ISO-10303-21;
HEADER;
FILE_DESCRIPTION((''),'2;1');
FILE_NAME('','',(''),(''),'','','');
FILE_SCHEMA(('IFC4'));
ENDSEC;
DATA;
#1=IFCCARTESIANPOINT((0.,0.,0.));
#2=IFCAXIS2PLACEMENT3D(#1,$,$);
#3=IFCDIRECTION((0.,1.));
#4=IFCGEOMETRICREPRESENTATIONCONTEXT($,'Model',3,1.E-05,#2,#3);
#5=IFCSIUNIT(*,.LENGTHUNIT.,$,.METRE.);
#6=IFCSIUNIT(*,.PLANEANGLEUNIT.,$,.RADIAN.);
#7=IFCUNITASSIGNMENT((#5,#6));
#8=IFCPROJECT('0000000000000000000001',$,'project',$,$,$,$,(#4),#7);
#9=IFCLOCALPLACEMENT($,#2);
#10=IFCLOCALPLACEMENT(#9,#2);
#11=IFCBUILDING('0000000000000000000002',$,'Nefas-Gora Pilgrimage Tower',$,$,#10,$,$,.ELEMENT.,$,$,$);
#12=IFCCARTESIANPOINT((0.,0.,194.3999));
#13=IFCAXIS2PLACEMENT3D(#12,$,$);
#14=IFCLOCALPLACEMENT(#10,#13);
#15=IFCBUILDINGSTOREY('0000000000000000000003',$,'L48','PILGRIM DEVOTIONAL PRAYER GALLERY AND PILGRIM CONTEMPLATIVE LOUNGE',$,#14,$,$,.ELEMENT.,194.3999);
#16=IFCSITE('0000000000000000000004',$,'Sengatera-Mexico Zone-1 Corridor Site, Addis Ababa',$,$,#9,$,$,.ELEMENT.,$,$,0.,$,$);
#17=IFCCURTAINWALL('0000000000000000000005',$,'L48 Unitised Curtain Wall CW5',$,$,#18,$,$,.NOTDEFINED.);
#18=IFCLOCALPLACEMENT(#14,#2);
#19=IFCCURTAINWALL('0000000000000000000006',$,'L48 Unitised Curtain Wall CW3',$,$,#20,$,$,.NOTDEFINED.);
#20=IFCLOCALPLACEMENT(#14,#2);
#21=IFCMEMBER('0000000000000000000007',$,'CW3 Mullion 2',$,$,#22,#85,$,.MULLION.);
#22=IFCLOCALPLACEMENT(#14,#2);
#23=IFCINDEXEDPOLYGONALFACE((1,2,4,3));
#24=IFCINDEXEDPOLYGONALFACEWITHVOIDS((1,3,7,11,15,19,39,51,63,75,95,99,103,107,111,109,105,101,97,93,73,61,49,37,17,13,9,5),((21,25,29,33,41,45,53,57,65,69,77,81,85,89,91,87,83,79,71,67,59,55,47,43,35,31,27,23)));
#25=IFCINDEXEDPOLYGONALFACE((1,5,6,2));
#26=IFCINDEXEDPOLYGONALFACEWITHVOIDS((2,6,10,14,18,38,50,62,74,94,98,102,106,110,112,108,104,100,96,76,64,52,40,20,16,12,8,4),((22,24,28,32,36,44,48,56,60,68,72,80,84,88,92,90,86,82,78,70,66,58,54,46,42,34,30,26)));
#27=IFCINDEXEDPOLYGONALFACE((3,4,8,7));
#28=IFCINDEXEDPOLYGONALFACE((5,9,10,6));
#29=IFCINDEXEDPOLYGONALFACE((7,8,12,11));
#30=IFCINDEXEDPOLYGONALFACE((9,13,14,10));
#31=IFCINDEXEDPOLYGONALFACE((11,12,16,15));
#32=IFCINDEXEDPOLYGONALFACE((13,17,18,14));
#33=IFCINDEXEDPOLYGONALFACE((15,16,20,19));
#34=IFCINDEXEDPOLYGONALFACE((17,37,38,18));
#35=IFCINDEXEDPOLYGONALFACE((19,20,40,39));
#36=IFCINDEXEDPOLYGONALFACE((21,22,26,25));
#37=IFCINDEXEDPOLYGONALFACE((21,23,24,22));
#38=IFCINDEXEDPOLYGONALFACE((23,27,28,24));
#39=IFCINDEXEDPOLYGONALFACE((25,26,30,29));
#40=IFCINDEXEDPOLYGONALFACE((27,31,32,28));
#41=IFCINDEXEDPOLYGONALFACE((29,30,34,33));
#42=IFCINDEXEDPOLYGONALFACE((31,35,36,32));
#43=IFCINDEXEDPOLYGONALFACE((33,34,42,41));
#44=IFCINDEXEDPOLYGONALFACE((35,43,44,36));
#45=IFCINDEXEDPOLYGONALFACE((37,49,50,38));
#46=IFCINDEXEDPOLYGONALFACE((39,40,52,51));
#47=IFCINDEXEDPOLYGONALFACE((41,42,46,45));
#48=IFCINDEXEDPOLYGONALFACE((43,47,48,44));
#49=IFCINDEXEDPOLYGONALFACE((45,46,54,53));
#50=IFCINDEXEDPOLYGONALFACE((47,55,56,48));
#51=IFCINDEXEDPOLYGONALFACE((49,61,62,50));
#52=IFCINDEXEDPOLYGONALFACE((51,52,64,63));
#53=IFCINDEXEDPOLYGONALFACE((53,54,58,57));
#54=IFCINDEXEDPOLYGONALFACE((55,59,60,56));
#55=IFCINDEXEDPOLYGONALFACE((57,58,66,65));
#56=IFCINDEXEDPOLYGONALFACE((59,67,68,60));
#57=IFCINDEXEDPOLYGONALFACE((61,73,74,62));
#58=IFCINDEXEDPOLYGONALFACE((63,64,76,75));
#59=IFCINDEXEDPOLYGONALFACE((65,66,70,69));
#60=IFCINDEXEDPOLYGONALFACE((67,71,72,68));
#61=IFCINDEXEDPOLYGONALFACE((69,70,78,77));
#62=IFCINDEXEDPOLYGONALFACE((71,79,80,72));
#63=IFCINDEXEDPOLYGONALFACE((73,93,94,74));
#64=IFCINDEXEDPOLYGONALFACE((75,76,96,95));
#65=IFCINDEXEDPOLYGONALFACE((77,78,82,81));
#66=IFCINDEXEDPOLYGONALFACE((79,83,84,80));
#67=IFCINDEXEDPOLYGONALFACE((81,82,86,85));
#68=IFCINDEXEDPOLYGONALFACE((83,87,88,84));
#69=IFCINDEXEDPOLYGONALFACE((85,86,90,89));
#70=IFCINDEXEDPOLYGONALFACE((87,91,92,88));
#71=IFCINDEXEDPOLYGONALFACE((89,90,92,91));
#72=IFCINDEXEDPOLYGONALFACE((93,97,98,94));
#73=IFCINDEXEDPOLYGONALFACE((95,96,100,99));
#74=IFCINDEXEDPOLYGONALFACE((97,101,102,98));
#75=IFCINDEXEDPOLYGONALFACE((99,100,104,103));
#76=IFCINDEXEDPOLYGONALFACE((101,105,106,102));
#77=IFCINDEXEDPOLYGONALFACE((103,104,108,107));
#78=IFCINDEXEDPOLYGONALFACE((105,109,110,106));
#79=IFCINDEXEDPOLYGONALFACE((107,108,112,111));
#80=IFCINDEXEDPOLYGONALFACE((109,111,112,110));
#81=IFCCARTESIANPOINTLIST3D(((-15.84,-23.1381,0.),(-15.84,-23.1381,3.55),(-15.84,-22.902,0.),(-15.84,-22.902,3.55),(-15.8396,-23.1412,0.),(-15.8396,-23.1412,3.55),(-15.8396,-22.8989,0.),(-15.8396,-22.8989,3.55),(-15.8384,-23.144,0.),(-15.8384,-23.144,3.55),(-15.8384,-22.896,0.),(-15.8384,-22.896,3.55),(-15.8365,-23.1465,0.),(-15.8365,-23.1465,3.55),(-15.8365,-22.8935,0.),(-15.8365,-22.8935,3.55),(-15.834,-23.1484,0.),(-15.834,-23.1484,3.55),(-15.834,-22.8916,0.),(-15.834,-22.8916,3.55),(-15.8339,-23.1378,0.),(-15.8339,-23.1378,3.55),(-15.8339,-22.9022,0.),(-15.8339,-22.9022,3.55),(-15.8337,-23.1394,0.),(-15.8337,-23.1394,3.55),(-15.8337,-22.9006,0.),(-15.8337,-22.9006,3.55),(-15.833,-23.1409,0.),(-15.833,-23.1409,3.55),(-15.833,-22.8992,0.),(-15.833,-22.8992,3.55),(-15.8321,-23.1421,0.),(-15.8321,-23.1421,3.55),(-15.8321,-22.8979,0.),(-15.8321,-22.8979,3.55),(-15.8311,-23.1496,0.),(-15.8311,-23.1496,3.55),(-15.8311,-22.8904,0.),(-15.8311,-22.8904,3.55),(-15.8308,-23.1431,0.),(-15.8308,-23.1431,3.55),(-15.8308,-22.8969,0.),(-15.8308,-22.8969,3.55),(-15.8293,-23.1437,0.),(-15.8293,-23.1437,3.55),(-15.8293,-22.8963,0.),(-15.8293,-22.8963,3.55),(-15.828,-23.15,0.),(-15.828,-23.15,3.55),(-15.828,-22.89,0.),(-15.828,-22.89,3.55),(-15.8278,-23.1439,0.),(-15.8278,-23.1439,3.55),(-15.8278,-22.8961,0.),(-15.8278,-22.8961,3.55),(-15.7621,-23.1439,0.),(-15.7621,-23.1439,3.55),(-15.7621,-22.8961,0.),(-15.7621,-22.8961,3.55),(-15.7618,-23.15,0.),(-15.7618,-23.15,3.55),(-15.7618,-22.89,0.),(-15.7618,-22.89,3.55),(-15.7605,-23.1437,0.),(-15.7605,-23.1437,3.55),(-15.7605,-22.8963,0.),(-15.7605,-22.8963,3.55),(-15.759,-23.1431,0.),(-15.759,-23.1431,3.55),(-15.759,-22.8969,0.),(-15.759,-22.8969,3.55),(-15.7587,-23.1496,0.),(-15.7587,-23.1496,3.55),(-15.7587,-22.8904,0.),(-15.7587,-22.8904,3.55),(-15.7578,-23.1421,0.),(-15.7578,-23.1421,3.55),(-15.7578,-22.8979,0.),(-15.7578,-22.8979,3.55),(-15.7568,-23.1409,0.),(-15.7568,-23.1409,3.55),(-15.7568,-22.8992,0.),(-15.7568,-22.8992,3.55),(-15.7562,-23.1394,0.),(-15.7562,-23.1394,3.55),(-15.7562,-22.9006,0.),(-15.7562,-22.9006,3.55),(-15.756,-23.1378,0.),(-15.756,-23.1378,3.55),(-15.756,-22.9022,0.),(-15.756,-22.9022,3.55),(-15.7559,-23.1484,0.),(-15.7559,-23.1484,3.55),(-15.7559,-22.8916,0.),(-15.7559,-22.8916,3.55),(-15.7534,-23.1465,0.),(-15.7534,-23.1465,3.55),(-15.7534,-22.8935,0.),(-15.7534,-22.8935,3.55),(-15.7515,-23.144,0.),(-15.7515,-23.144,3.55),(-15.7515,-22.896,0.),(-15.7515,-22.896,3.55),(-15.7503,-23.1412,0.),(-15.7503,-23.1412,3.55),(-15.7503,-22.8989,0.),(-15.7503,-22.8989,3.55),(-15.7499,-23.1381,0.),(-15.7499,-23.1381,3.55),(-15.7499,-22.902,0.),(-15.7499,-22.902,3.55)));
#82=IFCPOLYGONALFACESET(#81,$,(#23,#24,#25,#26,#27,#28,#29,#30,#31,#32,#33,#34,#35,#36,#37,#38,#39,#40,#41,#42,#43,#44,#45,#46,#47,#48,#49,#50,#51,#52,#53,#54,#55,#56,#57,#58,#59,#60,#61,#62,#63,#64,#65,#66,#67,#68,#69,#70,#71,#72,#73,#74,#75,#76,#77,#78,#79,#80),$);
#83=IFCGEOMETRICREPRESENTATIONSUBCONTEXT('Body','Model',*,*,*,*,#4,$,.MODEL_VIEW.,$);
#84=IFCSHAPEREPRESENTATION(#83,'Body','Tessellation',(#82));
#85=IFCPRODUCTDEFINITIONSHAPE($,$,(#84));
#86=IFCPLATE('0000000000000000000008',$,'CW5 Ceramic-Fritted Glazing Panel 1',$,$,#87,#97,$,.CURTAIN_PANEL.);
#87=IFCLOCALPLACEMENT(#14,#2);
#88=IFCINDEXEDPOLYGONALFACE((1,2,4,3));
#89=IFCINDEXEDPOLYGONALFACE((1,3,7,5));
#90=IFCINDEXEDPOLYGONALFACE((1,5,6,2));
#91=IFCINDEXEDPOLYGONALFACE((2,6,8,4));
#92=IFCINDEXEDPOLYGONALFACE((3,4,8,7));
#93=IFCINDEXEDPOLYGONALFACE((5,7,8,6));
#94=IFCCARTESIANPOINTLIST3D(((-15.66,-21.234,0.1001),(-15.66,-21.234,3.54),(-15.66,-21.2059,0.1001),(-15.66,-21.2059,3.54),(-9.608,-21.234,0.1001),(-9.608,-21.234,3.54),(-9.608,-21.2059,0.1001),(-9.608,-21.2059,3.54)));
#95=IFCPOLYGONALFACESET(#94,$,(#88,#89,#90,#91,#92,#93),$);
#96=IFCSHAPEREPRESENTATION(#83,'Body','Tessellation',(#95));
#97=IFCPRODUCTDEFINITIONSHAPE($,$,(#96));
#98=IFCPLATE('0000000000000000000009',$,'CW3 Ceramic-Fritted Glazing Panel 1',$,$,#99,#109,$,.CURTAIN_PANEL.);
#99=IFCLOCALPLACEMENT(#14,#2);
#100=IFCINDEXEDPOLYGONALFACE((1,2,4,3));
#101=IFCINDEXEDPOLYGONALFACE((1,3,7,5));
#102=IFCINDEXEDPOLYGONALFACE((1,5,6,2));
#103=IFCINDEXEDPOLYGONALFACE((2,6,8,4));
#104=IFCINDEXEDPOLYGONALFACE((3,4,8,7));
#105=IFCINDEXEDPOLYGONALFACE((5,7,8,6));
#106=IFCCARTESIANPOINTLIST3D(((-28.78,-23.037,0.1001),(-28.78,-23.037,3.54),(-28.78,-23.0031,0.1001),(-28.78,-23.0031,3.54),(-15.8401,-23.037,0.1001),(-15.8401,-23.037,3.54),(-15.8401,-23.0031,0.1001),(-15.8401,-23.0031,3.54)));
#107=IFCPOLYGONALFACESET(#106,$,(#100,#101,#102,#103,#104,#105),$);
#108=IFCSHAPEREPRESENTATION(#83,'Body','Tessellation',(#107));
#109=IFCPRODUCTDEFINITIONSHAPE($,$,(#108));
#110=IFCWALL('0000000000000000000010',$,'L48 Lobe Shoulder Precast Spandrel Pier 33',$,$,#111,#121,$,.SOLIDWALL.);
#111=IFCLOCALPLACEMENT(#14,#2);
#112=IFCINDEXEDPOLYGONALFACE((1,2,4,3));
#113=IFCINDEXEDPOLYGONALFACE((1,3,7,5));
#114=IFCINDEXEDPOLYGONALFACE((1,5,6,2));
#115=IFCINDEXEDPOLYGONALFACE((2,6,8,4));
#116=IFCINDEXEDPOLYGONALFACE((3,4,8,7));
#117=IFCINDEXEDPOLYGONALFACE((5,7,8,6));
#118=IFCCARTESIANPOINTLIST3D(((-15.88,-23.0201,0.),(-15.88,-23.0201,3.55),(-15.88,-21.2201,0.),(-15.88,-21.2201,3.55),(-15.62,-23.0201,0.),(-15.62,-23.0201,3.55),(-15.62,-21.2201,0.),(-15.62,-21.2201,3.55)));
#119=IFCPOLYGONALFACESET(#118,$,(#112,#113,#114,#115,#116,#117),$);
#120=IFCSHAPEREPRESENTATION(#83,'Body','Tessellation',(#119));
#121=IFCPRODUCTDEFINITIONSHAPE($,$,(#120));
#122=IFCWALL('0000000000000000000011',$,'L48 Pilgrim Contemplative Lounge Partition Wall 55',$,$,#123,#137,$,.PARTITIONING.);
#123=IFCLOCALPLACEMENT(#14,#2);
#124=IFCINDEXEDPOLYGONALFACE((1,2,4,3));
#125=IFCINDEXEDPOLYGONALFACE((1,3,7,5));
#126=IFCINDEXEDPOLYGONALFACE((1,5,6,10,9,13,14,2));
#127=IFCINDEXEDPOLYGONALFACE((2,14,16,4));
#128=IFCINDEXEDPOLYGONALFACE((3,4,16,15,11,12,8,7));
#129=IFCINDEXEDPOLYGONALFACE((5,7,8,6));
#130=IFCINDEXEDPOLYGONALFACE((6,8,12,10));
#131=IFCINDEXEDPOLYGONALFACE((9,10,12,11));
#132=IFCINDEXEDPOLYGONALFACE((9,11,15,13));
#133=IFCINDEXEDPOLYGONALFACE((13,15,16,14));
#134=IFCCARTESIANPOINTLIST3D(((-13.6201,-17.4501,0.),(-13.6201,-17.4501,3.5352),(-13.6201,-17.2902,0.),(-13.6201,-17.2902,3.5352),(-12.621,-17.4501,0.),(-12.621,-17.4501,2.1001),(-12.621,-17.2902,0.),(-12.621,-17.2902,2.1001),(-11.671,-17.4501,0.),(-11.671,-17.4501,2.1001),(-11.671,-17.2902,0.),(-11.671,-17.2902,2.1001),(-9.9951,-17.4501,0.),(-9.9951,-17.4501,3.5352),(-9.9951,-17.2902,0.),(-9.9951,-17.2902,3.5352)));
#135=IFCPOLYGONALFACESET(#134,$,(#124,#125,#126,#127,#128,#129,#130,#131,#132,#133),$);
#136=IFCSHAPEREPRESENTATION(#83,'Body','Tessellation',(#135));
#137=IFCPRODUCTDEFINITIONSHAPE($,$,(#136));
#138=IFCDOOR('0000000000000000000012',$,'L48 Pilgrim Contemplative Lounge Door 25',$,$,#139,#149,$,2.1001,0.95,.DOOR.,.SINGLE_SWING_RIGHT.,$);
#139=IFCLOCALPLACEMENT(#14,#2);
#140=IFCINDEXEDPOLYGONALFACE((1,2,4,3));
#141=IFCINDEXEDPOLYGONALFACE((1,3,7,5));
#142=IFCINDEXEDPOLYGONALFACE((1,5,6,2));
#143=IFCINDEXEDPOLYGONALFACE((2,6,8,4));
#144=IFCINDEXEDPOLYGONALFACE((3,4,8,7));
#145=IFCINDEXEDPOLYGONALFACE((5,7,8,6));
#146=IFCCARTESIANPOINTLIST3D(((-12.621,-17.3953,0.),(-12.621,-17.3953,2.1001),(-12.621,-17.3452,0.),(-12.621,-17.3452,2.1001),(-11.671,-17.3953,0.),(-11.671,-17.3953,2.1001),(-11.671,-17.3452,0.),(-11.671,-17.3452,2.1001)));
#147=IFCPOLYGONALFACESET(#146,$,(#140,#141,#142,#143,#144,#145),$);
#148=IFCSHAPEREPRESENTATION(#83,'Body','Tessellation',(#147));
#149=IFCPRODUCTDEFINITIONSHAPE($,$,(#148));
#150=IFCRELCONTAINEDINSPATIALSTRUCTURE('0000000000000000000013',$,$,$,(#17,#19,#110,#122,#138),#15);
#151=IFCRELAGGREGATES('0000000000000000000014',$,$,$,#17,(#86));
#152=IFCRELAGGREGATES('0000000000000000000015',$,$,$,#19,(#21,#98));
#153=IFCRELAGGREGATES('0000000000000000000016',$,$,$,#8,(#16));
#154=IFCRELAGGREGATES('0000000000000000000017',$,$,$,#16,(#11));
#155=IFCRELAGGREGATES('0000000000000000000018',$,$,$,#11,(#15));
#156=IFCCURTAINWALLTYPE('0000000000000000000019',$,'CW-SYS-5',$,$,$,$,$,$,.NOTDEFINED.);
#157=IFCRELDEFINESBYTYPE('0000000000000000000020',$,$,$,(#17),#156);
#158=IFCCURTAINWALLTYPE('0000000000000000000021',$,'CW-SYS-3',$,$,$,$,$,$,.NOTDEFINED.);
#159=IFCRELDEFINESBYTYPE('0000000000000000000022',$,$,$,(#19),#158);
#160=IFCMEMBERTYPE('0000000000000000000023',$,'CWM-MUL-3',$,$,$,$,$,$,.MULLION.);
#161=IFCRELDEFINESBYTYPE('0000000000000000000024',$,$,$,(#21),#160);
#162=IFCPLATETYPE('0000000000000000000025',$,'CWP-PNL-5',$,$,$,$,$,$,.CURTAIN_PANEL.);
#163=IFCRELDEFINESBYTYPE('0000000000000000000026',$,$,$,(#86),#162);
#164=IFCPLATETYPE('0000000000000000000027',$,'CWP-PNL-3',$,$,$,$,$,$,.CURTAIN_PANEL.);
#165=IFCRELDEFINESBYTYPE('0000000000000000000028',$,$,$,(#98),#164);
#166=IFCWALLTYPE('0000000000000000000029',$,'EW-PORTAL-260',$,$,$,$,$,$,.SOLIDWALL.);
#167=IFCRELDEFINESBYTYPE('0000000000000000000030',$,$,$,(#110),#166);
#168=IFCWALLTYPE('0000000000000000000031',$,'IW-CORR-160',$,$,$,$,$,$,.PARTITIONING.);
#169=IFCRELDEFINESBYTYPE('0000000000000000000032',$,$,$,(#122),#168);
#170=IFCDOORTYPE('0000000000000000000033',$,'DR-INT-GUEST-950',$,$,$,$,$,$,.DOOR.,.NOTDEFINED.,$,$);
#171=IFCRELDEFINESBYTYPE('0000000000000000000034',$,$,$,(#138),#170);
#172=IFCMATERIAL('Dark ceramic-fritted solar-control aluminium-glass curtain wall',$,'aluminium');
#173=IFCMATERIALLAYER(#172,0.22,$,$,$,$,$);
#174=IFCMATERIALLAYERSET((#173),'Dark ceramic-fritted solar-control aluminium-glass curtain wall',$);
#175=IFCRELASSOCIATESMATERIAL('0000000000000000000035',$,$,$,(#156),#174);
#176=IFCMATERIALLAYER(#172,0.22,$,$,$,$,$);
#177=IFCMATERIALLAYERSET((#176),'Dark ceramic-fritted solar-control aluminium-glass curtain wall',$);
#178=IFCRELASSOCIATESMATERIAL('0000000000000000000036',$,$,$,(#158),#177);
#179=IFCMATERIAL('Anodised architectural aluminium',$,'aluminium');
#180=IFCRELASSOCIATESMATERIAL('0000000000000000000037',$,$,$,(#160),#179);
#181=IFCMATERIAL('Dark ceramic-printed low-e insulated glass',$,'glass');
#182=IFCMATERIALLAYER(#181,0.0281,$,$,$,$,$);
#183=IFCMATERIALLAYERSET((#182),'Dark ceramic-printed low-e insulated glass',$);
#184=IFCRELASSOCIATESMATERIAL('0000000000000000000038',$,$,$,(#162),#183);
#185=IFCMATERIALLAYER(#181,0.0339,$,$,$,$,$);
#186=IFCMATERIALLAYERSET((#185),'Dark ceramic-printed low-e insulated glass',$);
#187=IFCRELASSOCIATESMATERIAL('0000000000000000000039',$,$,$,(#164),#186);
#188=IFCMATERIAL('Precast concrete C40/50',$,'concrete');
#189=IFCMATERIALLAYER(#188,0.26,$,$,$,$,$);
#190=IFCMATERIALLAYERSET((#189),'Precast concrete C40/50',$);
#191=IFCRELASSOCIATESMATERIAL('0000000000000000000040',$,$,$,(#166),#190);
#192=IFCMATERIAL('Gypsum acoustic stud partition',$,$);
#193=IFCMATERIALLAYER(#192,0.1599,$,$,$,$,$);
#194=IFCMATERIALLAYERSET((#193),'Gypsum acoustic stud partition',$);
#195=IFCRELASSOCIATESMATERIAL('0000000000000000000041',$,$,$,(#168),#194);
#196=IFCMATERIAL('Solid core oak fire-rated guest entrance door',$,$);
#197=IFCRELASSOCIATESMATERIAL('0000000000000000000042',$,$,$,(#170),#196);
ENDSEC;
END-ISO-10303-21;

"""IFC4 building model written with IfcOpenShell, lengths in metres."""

from ifc_helpers import new_model, si_unit, direction, frame, frame_2d, origin, origin_2d, place, context, subcontext, project, spatial, rectangle, hollow_rectangle, extrude, source, transform, mapped, material, layer, layer_set, material_profile, profile_set, type_object, element, fill, aggregate, save


model = new_model("IFC4")

# Units and contexts
model_context = context("Model", 3, precision=1e-05, world=origin(), true_north=direction((0.0, 1.0)))
body_context = subcontext(model_context, "Body", "Model", "MODEL_VIEW")
ifc_project = project(units=[si_unit("LENGTHUNIT", "METRE"), si_unit("PLANEANGLEUNIT", "RADIAN")], contexts=[model_context])

# Site, building, storey
site_placement = place(None, origin())
site = spatial("IfcSite", under=ifc_project, at=site_placement, Name="Sengatera-Mexico Zone-1 Corridor Site, Addis Ababa", CompositionType="ELEMENT", RefElevation=0.0)
building_placement = place(site_placement, origin())
building = spatial("IfcBuilding", under=site, at=building_placement, Name="Nefas-Gora Pilgrimage Tower", CompositionType="ELEMENT")
storey_placement = place(building_placement, frame((0.0, 0.0, 194.3999)))
storey = spatial("IfcBuildingStorey", under=building, at=storey_placement, Name="L48", Description="PILGRIM DEVOTIONAL PRAYER GALLERY AND PILGRIM CONTEMPLATIVE LOUNGE", CompositionType="ELEMENT", Elevation=194.3999)

# Curtain wall
ifc_material_1 = material(Name="Dark ceramic-fritted solar-control aluminium-glass curtain wall", Category="aluminium")
ifc_layer_1 = layer(ifc_material_1, 0.22)
ifc_layer_set_1 = layer_set([ifc_layer_1], Name="Dark ceramic-fritted solar-control aluminium-glass curtain wall")
curtain_wall_type_1 = type_object("IfcCurtainWallType", Name="CW-SYS-5", PredefinedType="NOTDEFINED", material=ifc_layer_set_1)
curtain_wall_1_placement = place(storey_placement, origin())
curtain_wall_1 = element("IfcCurtainWall", 1, at=curtain_wall_1_placement, inside=storey, type_object=curtain_wall_type_1, Name="L48 Unitised Curtain Wall CW5", PredefinedType="NOTDEFINED")
ifc_material_2 = material(Name="Anodised architectural aluminium", Category="aluminium")

# Curtain wall, member
ifc_layer_2 = layer(ifc_material_1, 0.22)
ifc_layer_set_2 = layer_set([ifc_layer_2], Name="Dark ceramic-fritted solar-control aluminium-glass curtain wall")
curtain_wall_type_2 = type_object("IfcCurtainWallType", Name="CW-SYS-3", PredefinedType="NOTDEFINED", material=ifc_layer_set_2)
curtain_wall_2_placement = place(storey_placement, origin())
curtain_wall_2 = element("IfcCurtainWall", 2, at=curtain_wall_2_placement, inside=storey, type_object=curtain_wall_type_2, Name="L48 Unitised Curtain Wall CW3", PredefinedType="NOTDEFINED")
ifc_material_profile_1 = material_profile(ifc_material_2, hollow_rectangle(XDim=0.0901, YDim=0.26, WallThickness=0.0061, InnerFilletRadius=0.0061, OuterFilletRadius=0.012, at=origin_2d()), Name="ALU MULLION 90x260")
ifc_profile_set_1 = profile_set([ifc_material_profile_1], Name="Anodised architectural aluminium")
member_type_1 = type_object("IfcMemberType", Name="CWM-MUL-3", PredefinedType="MULLION", material=ifc_profile_set_1)
shared_shape_1 = source(origin(), body_context, "Body", "SweptSolid", [
    extrude(hollow_rectangle(XDim=0.0901, YDim=0.26, WallThickness=0.0061, InnerFilletRadius=0.0061, OuterFilletRadius=0.012, at=origin_2d()), origin(), (0.0, 0.0, 1.0), 3.55),
])
member_1_placement = place(storey_placement, frame((-15.7949, -23.02, 0.0), z_axis=(0.0, 0.0, 1.0), x_axis=(1.0, 0.0, 0.0)))
member_1 = element("IfcMember", 3, at=member_1_placement, type_object=member_type_1, Name="CW3 Mullion 2", PredefinedType="MULLION", context=body_context, shape_type="MappedRepresentation", body=[
    mapped(shared_shape_1, transform((0.0, 0.0, 0.0), x_axis=(1.0, 0.0, 0.0), y_axis=(0.0, 1.0, 0.0), z_axis=(0.0, 0.0, 1.0), scale=1.0)),
])

# Plates
ifc_material_3 = material(Name="Dark ceramic-printed low-e insulated glass", Category="glass")
ifc_layer_3 = layer(ifc_material_3, 0.0281)
ifc_layer_set_3 = layer_set([ifc_layer_3], Name="Dark ceramic-printed low-e insulated glass")
plate_type_1 = type_object("IfcPlateType", Name="CWP-PNL-5", PredefinedType="CURTAIN_PANEL", material=ifc_layer_set_3)
shared_shape_2 = source(origin(), body_context, "Body", "SweptSolid", [
    extrude(rectangle(XDim=6.052, YDim=0.0281, at=origin_2d()), origin(), (0.0, 0.0, 1.0), 3.4399),
])
plate_1_placement = place(storey_placement, frame((-12.634, -21.22, 0.1001), z_axis=(0.0, 0.0, 1.0), x_axis=(1.0, 0.0, 0.0)))
plate_1 = element("IfcPlate", 4, at=plate_1_placement, type_object=plate_type_1, Name="CW5 Ceramic-Fritted Glazing Panel 1", PredefinedType="CURTAIN_PANEL", context=body_context, shape_type="MappedRepresentation", body=[
    mapped(shared_shape_2, transform((0.0, 0.0, 0.0), x_axis=(1.0, 0.0, 0.0), y_axis=(0.0, 1.0, 0.0), z_axis=(0.0, 0.0, 1.0), scale=1.0)),
])
aggregate(curtain_wall_1, [plate_1])
ifc_layer_4 = layer(ifc_material_3, 0.0339)
ifc_layer_set_4 = layer_set([ifc_layer_4], Name="Dark ceramic-printed low-e insulated glass")
plate_type_2 = type_object("IfcPlateType", Name="CWP-PNL-3", PredefinedType="CURTAIN_PANEL", material=ifc_layer_set_4)
shared_shape_3 = source(origin(), body_context, "Body", "SweptSolid", [
    extrude(rectangle(XDim=12.9399, YDim=0.0339, at=origin_2d()), origin(), (0.0, 0.0, 1.0), 3.4399),
])
plate_2_placement = place(storey_placement, frame((-22.3101, -23.02, 0.1001), z_axis=(0.0, 0.0, 1.0), x_axis=(1.0, 0.0, 0.0)))
plate_2 = element("IfcPlate", 5, at=plate_2_placement, type_object=plate_type_2, Name="CW3 Ceramic-Fritted Glazing Panel 1", PredefinedType="CURTAIN_PANEL", context=body_context, shape_type="MappedRepresentation", body=[
    mapped(shared_shape_3, transform((0.0, 0.0, 0.0), x_axis=(1.0, 0.0, 0.0), y_axis=(0.0, 1.0, 0.0), z_axis=(0.0, 0.0, 1.0), scale=1.0)),
])
aggregate(curtain_wall_2, [member_1, plate_2])

# Wall
ifc_material_4 = material(Name="Precast concrete C40/50", Category="concrete")
ifc_layer_5 = layer(ifc_material_4, 0.26)
ifc_layer_set_5 = layer_set([ifc_layer_5], Name="Precast concrete C40/50")
wall_type_1 = type_object("IfcWallType", Name="EW-PORTAL-260", PredefinedType="SOLIDWALL", material=ifc_layer_set_5)
shared_shape_4 = source(origin(), body_context, "Body", "SweptSolid", [
    extrude(rectangle(XDim=1.8, YDim=0.26, at=frame_2d((0.8999, 0.0))), origin(), (0.0, 0.0, 1.0), 3.55),
])
wall_1_placement = place(storey_placement, frame((-15.75, -23.02, 0.0), z_axis=(0.0, 0.0, 1.0), x_axis=(0.0, 1.0, 0.0)))
element("IfcWall", 6, at=wall_1_placement, inside=storey, type_object=wall_type_1, Name="L48 Lobe Shoulder Precast Spandrel Pier 33", PredefinedType="SOLIDWALL", context=body_context, shape_type="MappedRepresentation", body=[
    mapped(shared_shape_4, transform((0.0, 0.0, 0.0), x_axis=(1.0, 0.0, 0.0), y_axis=(0.0, 1.0, 0.0), z_axis=(0.0, 0.0, 1.0), scale=1.0)),
])

# Wall, opening, door
ifc_material_5 = material(Name="Gypsum acoustic stud partition")
ifc_layer_6 = layer(ifc_material_5, 0.1599)
ifc_layer_set_6 = layer_set([ifc_layer_6], Name="Gypsum acoustic stud partition")
wall_type_2 = type_object("IfcWallType", Name="IW-CORR-160", PredefinedType="PARTITIONING", material=ifc_layer_set_6)
shared_shape_5 = source(origin(), body_context, "Body", "SweptSolid", [
    extrude(rectangle(XDim=3.625, YDim=0.1599, at=frame_2d((1.8125, 0.0))), origin(), (0.0, 0.0, 1.0), 3.5352),
])
wall_2_placement = place(storey_placement, frame((-13.6201, -17.3701, 0.0), z_axis=(0.0, 0.0, 1.0), x_axis=(1.0, 0.0, 0.0)))
wall_2 = element("IfcWall", 7, at=wall_2_placement, inside=storey, type_object=wall_type_2, Name="L48 Pilgrim Contemplative Lounge Partition Wall 55", PredefinedType="PARTITIONING", context=body_context, shape_type="MappedRepresentation", body=[
    mapped(shared_shape_5, transform((0.0, 0.0, 0.0), x_axis=(1.0, 0.0, 0.0), y_axis=(0.0, 1.0, 0.0), z_axis=(0.0, 0.0, 1.0), scale=1.0)),
])
opening_1_placement = place(wall_2_placement, frame((0.999, 0.0, 0.0)))
opening_1 = element("IfcOpeningElement", 8, at=opening_1_placement, cuts=wall_2, PredefinedType="OPENING", context=body_context, shape_type="SweptSolid", body=[
    extrude(rectangle(XDim=0.95, YDim=2.1001, at=frame_2d((0.4751, 1.05))), frame((0.0, 0.0898, 0.0), z_axis=(0.0, -1.0, 0.0), x_axis=(1.0, 0.0, 0.0)), (0.0, 0.0, 1.0), 0.1799),
])
ifc_material_6 = material(Name="Solid core oak fire-rated guest entrance door")
door_type = type_object("IfcDoorType", Name="DR-INT-GUEST-950", OperationType="NOTDEFINED", PredefinedType="DOOR", material=ifc_material_6)
shared_shape_6 = source(origin(), body_context, "Body", "SweptSolid", [
    extrude(rectangle(XDim=0.95, YDim=2.1001, at=frame_2d((0.4751, 1.05))), frame((0.0, 0.0249, 0.0), z_axis=(0.0, -1.0, 0.0), x_axis=(1.0, 0.0, 0.0)), (0.0, 0.0, 1.0), 0.05),
])
door_1_placement = place(opening_1_placement, origin())
door_1 = element("IfcDoor", 9, at=door_1_placement, inside=storey, type_object=door_type, Name="L48 Pilgrim Contemplative Lounge Door 25", OperationType="SINGLE_SWING_RIGHT", OverallHeight=2.1001, OverallWidth=0.95, PredefinedType="DOOR", context=body_context, shape_type="MappedRepresentation", body=[
    mapped(shared_shape_6, transform((0.0, 0.0, 0.0), x_axis=(1.0, 0.0, 0.0), y_axis=(0.0, 1.0, 0.0), z_axis=(0.0, 0.0, 1.0), scale=1.0)),
])
fill(opening_1, door_1)

save(model, "model.ifc")
